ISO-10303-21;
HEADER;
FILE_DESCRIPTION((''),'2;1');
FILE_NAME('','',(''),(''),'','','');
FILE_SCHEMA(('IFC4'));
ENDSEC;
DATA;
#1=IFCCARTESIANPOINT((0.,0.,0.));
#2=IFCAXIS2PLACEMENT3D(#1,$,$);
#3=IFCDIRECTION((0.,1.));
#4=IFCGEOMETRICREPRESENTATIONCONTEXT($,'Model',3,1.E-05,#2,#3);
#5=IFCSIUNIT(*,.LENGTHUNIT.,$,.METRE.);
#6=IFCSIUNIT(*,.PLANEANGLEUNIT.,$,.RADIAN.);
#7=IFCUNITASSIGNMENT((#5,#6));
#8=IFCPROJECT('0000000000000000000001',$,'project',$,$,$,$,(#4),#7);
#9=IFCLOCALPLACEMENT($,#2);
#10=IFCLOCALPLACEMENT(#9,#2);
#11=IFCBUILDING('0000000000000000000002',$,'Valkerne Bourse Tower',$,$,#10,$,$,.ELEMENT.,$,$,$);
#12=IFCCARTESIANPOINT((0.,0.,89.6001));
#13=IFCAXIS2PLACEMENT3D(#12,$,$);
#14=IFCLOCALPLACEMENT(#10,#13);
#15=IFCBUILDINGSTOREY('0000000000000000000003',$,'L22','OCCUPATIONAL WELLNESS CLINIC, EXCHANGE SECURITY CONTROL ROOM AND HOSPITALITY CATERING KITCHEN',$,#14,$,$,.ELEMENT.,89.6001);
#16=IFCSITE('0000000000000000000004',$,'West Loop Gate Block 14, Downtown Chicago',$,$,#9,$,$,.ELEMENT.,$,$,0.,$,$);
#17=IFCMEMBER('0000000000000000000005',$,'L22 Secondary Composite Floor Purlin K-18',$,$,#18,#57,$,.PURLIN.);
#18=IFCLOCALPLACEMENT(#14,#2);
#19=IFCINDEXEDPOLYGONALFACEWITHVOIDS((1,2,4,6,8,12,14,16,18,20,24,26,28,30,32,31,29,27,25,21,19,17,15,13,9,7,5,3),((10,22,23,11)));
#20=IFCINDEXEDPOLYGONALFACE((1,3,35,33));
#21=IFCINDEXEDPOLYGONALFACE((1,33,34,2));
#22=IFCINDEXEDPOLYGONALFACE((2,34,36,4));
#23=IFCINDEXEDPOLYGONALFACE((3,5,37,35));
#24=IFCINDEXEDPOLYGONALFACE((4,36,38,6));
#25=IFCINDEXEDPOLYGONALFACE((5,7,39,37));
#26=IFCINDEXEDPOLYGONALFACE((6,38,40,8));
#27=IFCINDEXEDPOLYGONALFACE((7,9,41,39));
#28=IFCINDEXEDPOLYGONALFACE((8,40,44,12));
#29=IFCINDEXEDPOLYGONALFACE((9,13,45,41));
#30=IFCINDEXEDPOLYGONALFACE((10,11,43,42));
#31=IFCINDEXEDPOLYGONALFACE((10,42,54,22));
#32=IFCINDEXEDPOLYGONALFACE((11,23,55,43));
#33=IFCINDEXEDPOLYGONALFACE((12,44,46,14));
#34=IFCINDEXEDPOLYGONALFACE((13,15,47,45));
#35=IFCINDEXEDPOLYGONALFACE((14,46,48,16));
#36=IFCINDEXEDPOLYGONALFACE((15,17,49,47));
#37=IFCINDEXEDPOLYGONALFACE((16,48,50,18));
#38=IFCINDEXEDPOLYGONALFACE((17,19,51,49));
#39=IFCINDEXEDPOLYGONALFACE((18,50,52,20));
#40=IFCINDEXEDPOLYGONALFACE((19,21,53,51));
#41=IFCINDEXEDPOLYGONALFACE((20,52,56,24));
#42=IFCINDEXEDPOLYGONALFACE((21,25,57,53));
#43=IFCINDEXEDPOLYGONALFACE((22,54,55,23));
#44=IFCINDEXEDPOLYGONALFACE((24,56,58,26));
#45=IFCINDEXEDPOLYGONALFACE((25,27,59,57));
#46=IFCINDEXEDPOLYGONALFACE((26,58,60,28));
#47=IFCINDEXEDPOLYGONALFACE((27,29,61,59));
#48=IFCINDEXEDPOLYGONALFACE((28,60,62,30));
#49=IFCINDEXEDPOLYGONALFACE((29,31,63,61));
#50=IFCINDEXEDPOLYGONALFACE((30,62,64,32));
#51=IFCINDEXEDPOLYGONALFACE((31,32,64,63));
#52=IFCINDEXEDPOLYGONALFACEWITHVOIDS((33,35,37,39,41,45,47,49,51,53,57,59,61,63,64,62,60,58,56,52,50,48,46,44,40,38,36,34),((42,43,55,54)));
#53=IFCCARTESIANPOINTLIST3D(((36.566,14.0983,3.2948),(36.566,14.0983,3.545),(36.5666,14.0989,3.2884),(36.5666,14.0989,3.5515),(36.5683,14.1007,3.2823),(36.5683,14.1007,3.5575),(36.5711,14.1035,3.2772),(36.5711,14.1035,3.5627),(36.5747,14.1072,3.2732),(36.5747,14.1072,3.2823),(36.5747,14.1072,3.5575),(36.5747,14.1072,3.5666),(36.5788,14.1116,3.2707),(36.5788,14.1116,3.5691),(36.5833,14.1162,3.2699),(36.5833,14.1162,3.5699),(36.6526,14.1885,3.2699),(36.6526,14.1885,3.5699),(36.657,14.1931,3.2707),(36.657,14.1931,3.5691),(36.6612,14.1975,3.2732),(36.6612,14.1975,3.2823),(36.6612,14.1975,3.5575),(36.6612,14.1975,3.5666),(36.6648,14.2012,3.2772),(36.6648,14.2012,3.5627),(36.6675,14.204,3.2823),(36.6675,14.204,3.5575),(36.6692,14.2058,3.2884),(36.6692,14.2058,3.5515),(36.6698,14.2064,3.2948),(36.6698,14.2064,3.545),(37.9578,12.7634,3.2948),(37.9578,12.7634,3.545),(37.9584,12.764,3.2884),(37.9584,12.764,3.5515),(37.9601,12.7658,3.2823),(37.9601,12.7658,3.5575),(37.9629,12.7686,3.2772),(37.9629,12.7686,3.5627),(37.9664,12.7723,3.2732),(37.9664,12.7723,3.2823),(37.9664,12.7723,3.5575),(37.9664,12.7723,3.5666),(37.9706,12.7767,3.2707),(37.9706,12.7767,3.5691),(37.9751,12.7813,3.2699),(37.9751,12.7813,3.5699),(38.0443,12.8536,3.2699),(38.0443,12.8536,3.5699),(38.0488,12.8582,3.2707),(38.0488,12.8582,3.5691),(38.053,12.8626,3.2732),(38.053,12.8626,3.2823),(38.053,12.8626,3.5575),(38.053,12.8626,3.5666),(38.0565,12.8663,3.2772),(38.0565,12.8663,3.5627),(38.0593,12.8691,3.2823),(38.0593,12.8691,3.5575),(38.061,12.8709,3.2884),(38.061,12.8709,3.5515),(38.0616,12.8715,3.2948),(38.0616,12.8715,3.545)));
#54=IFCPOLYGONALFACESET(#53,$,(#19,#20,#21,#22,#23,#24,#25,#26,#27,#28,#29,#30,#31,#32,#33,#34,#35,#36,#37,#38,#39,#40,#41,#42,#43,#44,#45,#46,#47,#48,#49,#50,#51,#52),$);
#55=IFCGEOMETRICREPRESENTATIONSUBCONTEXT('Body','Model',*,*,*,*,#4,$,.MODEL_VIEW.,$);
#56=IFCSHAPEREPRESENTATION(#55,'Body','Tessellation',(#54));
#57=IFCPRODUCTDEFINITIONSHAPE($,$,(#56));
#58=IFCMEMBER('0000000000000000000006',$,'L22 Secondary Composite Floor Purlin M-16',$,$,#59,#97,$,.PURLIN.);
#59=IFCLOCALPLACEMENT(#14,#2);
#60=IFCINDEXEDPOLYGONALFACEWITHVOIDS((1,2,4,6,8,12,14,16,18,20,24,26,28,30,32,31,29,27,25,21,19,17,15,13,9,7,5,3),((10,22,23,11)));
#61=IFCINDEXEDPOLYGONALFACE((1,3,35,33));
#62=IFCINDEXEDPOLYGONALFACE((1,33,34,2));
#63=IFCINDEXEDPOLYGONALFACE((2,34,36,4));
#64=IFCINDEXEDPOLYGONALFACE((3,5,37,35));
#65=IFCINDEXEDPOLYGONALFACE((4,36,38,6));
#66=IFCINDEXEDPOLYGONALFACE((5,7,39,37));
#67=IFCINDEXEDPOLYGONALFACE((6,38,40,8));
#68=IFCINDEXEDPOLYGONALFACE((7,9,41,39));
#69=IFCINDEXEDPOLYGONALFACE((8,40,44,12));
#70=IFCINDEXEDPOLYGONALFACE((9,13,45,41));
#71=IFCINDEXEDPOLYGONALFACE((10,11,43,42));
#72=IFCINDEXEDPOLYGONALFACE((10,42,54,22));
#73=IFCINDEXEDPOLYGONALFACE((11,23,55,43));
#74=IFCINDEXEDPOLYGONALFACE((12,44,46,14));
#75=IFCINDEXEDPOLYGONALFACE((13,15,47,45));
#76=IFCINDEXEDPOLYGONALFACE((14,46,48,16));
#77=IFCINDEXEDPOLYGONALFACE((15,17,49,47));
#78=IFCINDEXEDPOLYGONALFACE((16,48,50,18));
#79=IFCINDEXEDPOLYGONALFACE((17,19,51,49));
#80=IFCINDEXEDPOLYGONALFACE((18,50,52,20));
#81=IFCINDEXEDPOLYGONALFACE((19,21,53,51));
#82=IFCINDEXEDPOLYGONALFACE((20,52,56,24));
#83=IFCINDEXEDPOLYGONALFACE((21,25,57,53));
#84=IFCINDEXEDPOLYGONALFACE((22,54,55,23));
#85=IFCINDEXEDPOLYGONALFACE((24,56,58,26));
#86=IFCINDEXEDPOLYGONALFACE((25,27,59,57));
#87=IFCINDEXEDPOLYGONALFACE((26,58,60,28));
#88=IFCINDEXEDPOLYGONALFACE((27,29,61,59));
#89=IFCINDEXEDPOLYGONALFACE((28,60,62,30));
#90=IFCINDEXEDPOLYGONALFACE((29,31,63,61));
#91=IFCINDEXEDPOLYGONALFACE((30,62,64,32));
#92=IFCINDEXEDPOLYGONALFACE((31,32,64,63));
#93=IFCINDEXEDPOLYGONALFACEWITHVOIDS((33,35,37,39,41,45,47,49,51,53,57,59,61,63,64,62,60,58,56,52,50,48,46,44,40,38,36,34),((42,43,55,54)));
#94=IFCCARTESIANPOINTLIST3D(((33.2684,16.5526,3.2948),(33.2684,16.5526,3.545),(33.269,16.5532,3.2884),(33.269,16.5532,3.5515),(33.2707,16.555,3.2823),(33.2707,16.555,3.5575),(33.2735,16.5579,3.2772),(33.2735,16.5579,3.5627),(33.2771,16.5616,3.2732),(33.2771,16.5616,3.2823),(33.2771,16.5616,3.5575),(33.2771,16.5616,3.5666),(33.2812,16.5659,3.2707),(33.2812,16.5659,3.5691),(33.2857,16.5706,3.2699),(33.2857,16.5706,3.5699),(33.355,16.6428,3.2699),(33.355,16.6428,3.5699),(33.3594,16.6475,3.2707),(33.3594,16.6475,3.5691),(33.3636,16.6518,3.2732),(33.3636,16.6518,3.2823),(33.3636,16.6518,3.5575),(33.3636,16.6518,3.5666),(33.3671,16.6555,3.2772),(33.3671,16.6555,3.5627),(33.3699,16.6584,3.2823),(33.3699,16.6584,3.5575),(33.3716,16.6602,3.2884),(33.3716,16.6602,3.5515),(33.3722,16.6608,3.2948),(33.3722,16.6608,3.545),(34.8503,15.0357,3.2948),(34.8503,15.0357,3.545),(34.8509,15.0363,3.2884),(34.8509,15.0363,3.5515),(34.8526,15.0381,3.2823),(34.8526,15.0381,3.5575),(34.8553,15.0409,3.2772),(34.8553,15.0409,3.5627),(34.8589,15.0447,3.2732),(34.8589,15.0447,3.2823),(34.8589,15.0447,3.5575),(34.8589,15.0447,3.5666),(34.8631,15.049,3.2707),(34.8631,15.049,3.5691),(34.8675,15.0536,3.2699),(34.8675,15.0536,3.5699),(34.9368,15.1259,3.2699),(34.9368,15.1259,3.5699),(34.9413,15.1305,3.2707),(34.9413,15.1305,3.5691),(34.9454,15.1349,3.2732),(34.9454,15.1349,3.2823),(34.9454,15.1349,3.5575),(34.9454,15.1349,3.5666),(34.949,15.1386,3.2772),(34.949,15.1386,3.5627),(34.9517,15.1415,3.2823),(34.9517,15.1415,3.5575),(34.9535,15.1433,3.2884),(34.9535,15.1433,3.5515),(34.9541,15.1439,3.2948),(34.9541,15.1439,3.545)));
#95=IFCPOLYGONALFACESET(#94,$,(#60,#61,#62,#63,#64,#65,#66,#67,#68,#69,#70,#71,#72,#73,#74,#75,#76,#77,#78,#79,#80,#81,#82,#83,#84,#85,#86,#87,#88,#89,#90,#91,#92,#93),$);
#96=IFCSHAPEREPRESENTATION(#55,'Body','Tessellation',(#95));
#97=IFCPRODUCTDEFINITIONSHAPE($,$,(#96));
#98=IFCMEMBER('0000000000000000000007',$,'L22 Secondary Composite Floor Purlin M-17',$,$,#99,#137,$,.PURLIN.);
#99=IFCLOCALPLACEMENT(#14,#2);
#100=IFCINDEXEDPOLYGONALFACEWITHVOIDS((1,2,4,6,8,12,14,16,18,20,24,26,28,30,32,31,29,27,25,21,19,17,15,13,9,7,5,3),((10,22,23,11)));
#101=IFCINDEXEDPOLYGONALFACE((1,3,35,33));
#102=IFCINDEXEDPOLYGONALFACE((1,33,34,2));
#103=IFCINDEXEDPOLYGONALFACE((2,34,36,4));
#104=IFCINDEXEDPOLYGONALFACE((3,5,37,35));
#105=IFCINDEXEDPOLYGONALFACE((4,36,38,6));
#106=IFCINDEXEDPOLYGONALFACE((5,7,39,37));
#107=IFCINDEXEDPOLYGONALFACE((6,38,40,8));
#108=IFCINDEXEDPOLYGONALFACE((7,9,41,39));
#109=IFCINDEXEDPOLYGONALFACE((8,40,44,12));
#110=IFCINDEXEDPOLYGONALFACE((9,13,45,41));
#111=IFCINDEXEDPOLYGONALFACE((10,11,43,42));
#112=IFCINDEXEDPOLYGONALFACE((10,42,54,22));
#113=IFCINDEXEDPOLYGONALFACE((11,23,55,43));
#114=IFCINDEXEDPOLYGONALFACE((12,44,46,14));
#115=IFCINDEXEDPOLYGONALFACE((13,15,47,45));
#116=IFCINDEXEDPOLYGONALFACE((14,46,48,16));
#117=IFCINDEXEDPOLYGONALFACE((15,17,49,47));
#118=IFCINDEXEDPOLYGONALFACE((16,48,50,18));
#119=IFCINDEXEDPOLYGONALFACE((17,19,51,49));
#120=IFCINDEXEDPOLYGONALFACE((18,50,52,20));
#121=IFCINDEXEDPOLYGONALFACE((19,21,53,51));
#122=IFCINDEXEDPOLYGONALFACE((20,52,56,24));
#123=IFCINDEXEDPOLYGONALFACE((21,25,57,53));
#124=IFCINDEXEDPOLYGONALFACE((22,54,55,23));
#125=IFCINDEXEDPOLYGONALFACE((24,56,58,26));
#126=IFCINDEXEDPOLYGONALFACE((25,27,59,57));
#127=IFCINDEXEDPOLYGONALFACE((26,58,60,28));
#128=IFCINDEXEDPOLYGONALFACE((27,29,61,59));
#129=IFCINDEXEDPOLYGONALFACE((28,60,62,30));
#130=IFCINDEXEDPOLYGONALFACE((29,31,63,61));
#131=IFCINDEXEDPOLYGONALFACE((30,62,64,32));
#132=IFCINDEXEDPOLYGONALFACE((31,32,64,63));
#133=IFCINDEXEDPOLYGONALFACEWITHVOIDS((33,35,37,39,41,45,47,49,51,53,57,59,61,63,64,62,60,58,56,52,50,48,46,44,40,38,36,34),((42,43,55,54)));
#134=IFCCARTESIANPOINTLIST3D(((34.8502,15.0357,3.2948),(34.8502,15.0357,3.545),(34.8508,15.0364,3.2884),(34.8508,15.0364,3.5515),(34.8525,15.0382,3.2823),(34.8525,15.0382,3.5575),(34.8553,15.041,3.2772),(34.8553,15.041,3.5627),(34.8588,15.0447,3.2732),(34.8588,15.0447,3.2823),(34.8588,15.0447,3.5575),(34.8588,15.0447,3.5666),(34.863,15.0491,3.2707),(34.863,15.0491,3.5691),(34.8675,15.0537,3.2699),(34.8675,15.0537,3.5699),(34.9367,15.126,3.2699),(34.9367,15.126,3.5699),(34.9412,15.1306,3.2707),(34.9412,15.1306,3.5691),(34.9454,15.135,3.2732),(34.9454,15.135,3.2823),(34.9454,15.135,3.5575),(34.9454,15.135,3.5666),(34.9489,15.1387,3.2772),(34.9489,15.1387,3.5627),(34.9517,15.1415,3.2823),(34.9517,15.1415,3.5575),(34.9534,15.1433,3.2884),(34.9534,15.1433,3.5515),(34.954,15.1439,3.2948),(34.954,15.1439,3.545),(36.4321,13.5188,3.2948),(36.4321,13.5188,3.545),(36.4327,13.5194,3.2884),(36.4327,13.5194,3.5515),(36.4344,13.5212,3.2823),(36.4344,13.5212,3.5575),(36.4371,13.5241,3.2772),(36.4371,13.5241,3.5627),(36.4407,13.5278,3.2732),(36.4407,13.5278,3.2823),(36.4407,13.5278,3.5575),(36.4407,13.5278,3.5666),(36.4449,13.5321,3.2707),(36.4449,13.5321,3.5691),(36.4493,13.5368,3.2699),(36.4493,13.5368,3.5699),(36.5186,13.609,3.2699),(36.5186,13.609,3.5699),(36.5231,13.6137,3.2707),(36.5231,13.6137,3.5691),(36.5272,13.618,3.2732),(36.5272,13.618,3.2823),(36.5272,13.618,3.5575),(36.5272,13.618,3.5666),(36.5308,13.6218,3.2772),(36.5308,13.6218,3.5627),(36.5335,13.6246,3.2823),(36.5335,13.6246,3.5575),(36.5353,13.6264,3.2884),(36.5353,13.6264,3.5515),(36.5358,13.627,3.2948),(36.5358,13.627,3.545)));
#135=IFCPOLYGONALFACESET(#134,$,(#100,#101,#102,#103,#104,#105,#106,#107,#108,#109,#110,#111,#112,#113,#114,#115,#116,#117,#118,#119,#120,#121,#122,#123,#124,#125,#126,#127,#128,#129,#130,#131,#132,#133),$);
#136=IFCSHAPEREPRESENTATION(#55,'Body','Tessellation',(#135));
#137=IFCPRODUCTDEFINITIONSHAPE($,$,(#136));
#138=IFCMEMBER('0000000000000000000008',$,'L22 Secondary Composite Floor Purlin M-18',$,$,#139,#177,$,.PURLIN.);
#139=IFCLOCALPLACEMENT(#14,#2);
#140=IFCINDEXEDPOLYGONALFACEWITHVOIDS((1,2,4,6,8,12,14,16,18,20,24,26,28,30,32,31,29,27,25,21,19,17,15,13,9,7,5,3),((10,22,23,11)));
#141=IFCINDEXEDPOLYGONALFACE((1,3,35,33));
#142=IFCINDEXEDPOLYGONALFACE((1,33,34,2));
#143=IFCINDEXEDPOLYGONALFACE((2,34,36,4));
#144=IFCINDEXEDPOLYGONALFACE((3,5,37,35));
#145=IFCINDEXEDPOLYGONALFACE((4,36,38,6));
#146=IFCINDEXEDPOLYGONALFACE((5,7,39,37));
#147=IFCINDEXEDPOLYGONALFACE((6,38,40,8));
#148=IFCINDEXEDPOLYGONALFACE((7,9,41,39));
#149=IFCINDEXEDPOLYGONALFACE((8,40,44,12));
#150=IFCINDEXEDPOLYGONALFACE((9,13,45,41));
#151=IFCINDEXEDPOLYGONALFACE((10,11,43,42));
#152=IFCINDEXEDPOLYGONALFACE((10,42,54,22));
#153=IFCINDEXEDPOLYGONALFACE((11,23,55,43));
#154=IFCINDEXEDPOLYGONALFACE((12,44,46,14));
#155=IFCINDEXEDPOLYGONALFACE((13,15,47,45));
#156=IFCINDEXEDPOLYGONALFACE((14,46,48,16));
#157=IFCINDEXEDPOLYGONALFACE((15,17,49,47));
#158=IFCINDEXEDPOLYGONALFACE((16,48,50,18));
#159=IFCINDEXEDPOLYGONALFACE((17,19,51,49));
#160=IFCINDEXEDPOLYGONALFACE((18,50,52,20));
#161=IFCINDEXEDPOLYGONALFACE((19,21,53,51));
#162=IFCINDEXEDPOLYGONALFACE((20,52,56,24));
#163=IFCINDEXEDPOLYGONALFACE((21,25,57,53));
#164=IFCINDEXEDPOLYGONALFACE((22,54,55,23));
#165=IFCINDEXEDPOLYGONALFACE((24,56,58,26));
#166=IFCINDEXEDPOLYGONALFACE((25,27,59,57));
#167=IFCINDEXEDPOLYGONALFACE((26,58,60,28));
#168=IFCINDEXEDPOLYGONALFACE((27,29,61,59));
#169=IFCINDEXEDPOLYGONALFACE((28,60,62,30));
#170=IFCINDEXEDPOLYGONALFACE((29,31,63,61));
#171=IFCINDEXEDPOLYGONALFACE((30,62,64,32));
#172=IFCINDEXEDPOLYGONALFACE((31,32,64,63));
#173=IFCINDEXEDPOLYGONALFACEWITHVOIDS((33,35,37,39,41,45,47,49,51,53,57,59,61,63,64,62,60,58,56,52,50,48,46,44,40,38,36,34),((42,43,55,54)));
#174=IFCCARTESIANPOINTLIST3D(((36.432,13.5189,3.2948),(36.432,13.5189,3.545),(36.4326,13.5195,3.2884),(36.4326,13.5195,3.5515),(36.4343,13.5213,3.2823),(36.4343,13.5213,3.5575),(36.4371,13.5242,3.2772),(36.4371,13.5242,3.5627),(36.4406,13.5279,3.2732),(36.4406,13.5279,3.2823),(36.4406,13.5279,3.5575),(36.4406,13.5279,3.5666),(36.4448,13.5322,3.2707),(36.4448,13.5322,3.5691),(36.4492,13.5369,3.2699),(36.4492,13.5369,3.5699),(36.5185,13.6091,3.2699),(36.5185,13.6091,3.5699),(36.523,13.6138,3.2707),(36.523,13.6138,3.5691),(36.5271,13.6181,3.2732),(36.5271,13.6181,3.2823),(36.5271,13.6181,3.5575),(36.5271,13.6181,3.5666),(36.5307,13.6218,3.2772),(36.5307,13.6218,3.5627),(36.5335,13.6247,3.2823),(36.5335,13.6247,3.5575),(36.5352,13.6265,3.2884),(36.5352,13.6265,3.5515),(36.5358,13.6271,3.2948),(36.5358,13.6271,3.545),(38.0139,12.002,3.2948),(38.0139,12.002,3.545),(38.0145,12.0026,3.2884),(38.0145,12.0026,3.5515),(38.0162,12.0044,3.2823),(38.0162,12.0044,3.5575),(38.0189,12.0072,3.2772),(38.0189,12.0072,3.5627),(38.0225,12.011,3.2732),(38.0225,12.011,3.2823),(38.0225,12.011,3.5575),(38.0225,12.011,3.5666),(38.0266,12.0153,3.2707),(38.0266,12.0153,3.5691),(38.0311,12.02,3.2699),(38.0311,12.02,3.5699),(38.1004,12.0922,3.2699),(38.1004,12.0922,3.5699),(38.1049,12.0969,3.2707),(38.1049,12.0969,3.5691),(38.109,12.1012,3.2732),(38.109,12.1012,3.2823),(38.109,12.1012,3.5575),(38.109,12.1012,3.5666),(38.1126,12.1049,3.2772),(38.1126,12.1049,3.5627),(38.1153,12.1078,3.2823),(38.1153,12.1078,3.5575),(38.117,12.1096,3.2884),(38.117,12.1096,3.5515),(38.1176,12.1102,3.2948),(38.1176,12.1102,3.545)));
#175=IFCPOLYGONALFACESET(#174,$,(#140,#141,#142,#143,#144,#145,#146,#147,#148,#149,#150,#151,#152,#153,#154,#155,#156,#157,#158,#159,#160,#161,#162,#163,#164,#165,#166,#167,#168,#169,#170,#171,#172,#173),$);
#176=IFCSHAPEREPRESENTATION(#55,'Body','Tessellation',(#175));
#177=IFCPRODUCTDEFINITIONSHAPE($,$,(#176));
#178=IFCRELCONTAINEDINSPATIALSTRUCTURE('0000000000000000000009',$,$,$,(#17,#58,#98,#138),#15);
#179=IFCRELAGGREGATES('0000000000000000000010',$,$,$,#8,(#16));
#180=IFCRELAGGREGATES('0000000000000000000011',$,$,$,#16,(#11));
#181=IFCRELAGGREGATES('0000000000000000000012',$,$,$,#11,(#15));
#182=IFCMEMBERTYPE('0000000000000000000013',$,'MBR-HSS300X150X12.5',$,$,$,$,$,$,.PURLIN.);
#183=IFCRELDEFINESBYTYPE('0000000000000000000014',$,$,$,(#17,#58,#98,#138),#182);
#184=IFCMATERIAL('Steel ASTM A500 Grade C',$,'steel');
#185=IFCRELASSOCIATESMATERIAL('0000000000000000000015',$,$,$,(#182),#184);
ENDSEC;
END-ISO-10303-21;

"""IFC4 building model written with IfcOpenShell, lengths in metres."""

from ifc_helpers import new_model, si_unit, direction, frame, origin, origin_2d, place, context, subcontext, project, spatial, hollow_rectangle, extrude, material, material_profile, profile_set, type_object, element, save


model = new_model("IFC4")

# Units and contexts
model_context = context("Model", 3, precision=1e-05, world=origin(), true_north=direction((0.0, 1.0)))
body_context = subcontext(model_context, "Body", "Model", "MODEL_VIEW")
ifc_project = project(units=[si_unit("LENGTHUNIT", "METRE"), si_unit("PLANEANGLEUNIT", "RADIAN")], contexts=[model_context])

# Site, building, storey
site_placement = place(None, origin())
site = spatial("IfcSite", under=ifc_project, at=site_placement, Name="West Loop Gate Block 14, Downtown Chicago", CompositionType="ELEMENT", RefElevation=0.0)
building_placement = place(site_placement, origin())
building = spatial("IfcBuilding", under=site, at=building_placement, Name="Valkerne Bourse Tower", CompositionType="ELEMENT")
storey_placement = place(building_placement, frame((0.0, 0.0, 89.6001)))
storey = spatial("IfcBuildingStorey", under=building, at=storey_placement, Name="L22", Description="OCCUPATIONAL WELLNESS CLINIC, EXCHANGE SECURITY CONTROL ROOM AND HOSPITALITY CATERING KITCHEN", CompositionType="ELEMENT", Elevation=89.6001)

# Members
ifc_material_1 = material(Name="Steel ASTM A500 Grade C", Category="steel")
ifc_material_profile_1 = material_profile(ifc_material_1, hollow_rectangle(XDim=0.1499, YDim=0.3, WallThickness=0.0125, OuterFilletRadius=0.0249, at=origin_2d()), Name="HSS300X150X12.5")
ifc_profile_set_1 = profile_set([ifc_material_profile_1], Name="Steel ASTM A500 Grade C")
member_type_1 = type_object("IfcMemberType", Name="MBR-HSS300X150X12.5", PredefinedType="PURLIN", material=ifc_profile_set_1)
for number, where, z_axis, x_axis, name in (
    (1, (36.6179, 14.1523, 3.4199), (0.721701, -0.692205, 0.0), (0.692205, 0.721701, 0.0), "L22 Secondary Composite Floor Purlin K-18"),
):
    element("IfcMember", number, at=place(storey_placement, frame(where, z_axis=z_axis, x_axis=x_axis)), inside=storey, type_object=member_type_1, Name=name, PredefinedType="PURLIN", context=body_context, shape_type="SweptSolid", body=[
        extrude(hollow_rectangle(XDim=0.1499, YDim=0.3, WallThickness=0.0125, OuterFilletRadius=0.0249, at=origin_2d()), origin(), (0.0, 0.0, 1.0), 1.9285),
    ])
for number, where, z_axis, x_axis, name in (
    (2, (33.3203, 16.6067, 3.4199), (0.721768, -0.692135, 0.0), (0.692135, 0.721768, 0.0), "L22 Secondary Composite Floor Purlin M-16"),
    (3, (34.9021, 15.0898, 3.4199), (0.721768, -0.692135, 0.0), (0.692135, 0.721768, 0.0), "L22 Secondary Composite Floor Purlin M-17"),
    (4, (36.4839, 13.573, 3.4199), (0.721768, -0.692135, 0.0), (0.692135, 0.721768, 0.0), "L22 Secondary Composite Floor Purlin M-18"),
):
    element("IfcMember", number, at=place(storey_placement, frame(where, z_axis=z_axis, x_axis=x_axis)), inside=storey, type_object=member_type_1, Name=name, PredefinedType="PURLIN", context=body_context, shape_type="SweptSolid", body=[
        extrude(hollow_rectangle(XDim=0.1499, YDim=0.3, WallThickness=0.0125, OuterFilletRadius=0.0249, at=origin_2d()), origin(), (0.0, 0.0, 1.0), 2.1917),
    ])

save(model, "model.ifc")
